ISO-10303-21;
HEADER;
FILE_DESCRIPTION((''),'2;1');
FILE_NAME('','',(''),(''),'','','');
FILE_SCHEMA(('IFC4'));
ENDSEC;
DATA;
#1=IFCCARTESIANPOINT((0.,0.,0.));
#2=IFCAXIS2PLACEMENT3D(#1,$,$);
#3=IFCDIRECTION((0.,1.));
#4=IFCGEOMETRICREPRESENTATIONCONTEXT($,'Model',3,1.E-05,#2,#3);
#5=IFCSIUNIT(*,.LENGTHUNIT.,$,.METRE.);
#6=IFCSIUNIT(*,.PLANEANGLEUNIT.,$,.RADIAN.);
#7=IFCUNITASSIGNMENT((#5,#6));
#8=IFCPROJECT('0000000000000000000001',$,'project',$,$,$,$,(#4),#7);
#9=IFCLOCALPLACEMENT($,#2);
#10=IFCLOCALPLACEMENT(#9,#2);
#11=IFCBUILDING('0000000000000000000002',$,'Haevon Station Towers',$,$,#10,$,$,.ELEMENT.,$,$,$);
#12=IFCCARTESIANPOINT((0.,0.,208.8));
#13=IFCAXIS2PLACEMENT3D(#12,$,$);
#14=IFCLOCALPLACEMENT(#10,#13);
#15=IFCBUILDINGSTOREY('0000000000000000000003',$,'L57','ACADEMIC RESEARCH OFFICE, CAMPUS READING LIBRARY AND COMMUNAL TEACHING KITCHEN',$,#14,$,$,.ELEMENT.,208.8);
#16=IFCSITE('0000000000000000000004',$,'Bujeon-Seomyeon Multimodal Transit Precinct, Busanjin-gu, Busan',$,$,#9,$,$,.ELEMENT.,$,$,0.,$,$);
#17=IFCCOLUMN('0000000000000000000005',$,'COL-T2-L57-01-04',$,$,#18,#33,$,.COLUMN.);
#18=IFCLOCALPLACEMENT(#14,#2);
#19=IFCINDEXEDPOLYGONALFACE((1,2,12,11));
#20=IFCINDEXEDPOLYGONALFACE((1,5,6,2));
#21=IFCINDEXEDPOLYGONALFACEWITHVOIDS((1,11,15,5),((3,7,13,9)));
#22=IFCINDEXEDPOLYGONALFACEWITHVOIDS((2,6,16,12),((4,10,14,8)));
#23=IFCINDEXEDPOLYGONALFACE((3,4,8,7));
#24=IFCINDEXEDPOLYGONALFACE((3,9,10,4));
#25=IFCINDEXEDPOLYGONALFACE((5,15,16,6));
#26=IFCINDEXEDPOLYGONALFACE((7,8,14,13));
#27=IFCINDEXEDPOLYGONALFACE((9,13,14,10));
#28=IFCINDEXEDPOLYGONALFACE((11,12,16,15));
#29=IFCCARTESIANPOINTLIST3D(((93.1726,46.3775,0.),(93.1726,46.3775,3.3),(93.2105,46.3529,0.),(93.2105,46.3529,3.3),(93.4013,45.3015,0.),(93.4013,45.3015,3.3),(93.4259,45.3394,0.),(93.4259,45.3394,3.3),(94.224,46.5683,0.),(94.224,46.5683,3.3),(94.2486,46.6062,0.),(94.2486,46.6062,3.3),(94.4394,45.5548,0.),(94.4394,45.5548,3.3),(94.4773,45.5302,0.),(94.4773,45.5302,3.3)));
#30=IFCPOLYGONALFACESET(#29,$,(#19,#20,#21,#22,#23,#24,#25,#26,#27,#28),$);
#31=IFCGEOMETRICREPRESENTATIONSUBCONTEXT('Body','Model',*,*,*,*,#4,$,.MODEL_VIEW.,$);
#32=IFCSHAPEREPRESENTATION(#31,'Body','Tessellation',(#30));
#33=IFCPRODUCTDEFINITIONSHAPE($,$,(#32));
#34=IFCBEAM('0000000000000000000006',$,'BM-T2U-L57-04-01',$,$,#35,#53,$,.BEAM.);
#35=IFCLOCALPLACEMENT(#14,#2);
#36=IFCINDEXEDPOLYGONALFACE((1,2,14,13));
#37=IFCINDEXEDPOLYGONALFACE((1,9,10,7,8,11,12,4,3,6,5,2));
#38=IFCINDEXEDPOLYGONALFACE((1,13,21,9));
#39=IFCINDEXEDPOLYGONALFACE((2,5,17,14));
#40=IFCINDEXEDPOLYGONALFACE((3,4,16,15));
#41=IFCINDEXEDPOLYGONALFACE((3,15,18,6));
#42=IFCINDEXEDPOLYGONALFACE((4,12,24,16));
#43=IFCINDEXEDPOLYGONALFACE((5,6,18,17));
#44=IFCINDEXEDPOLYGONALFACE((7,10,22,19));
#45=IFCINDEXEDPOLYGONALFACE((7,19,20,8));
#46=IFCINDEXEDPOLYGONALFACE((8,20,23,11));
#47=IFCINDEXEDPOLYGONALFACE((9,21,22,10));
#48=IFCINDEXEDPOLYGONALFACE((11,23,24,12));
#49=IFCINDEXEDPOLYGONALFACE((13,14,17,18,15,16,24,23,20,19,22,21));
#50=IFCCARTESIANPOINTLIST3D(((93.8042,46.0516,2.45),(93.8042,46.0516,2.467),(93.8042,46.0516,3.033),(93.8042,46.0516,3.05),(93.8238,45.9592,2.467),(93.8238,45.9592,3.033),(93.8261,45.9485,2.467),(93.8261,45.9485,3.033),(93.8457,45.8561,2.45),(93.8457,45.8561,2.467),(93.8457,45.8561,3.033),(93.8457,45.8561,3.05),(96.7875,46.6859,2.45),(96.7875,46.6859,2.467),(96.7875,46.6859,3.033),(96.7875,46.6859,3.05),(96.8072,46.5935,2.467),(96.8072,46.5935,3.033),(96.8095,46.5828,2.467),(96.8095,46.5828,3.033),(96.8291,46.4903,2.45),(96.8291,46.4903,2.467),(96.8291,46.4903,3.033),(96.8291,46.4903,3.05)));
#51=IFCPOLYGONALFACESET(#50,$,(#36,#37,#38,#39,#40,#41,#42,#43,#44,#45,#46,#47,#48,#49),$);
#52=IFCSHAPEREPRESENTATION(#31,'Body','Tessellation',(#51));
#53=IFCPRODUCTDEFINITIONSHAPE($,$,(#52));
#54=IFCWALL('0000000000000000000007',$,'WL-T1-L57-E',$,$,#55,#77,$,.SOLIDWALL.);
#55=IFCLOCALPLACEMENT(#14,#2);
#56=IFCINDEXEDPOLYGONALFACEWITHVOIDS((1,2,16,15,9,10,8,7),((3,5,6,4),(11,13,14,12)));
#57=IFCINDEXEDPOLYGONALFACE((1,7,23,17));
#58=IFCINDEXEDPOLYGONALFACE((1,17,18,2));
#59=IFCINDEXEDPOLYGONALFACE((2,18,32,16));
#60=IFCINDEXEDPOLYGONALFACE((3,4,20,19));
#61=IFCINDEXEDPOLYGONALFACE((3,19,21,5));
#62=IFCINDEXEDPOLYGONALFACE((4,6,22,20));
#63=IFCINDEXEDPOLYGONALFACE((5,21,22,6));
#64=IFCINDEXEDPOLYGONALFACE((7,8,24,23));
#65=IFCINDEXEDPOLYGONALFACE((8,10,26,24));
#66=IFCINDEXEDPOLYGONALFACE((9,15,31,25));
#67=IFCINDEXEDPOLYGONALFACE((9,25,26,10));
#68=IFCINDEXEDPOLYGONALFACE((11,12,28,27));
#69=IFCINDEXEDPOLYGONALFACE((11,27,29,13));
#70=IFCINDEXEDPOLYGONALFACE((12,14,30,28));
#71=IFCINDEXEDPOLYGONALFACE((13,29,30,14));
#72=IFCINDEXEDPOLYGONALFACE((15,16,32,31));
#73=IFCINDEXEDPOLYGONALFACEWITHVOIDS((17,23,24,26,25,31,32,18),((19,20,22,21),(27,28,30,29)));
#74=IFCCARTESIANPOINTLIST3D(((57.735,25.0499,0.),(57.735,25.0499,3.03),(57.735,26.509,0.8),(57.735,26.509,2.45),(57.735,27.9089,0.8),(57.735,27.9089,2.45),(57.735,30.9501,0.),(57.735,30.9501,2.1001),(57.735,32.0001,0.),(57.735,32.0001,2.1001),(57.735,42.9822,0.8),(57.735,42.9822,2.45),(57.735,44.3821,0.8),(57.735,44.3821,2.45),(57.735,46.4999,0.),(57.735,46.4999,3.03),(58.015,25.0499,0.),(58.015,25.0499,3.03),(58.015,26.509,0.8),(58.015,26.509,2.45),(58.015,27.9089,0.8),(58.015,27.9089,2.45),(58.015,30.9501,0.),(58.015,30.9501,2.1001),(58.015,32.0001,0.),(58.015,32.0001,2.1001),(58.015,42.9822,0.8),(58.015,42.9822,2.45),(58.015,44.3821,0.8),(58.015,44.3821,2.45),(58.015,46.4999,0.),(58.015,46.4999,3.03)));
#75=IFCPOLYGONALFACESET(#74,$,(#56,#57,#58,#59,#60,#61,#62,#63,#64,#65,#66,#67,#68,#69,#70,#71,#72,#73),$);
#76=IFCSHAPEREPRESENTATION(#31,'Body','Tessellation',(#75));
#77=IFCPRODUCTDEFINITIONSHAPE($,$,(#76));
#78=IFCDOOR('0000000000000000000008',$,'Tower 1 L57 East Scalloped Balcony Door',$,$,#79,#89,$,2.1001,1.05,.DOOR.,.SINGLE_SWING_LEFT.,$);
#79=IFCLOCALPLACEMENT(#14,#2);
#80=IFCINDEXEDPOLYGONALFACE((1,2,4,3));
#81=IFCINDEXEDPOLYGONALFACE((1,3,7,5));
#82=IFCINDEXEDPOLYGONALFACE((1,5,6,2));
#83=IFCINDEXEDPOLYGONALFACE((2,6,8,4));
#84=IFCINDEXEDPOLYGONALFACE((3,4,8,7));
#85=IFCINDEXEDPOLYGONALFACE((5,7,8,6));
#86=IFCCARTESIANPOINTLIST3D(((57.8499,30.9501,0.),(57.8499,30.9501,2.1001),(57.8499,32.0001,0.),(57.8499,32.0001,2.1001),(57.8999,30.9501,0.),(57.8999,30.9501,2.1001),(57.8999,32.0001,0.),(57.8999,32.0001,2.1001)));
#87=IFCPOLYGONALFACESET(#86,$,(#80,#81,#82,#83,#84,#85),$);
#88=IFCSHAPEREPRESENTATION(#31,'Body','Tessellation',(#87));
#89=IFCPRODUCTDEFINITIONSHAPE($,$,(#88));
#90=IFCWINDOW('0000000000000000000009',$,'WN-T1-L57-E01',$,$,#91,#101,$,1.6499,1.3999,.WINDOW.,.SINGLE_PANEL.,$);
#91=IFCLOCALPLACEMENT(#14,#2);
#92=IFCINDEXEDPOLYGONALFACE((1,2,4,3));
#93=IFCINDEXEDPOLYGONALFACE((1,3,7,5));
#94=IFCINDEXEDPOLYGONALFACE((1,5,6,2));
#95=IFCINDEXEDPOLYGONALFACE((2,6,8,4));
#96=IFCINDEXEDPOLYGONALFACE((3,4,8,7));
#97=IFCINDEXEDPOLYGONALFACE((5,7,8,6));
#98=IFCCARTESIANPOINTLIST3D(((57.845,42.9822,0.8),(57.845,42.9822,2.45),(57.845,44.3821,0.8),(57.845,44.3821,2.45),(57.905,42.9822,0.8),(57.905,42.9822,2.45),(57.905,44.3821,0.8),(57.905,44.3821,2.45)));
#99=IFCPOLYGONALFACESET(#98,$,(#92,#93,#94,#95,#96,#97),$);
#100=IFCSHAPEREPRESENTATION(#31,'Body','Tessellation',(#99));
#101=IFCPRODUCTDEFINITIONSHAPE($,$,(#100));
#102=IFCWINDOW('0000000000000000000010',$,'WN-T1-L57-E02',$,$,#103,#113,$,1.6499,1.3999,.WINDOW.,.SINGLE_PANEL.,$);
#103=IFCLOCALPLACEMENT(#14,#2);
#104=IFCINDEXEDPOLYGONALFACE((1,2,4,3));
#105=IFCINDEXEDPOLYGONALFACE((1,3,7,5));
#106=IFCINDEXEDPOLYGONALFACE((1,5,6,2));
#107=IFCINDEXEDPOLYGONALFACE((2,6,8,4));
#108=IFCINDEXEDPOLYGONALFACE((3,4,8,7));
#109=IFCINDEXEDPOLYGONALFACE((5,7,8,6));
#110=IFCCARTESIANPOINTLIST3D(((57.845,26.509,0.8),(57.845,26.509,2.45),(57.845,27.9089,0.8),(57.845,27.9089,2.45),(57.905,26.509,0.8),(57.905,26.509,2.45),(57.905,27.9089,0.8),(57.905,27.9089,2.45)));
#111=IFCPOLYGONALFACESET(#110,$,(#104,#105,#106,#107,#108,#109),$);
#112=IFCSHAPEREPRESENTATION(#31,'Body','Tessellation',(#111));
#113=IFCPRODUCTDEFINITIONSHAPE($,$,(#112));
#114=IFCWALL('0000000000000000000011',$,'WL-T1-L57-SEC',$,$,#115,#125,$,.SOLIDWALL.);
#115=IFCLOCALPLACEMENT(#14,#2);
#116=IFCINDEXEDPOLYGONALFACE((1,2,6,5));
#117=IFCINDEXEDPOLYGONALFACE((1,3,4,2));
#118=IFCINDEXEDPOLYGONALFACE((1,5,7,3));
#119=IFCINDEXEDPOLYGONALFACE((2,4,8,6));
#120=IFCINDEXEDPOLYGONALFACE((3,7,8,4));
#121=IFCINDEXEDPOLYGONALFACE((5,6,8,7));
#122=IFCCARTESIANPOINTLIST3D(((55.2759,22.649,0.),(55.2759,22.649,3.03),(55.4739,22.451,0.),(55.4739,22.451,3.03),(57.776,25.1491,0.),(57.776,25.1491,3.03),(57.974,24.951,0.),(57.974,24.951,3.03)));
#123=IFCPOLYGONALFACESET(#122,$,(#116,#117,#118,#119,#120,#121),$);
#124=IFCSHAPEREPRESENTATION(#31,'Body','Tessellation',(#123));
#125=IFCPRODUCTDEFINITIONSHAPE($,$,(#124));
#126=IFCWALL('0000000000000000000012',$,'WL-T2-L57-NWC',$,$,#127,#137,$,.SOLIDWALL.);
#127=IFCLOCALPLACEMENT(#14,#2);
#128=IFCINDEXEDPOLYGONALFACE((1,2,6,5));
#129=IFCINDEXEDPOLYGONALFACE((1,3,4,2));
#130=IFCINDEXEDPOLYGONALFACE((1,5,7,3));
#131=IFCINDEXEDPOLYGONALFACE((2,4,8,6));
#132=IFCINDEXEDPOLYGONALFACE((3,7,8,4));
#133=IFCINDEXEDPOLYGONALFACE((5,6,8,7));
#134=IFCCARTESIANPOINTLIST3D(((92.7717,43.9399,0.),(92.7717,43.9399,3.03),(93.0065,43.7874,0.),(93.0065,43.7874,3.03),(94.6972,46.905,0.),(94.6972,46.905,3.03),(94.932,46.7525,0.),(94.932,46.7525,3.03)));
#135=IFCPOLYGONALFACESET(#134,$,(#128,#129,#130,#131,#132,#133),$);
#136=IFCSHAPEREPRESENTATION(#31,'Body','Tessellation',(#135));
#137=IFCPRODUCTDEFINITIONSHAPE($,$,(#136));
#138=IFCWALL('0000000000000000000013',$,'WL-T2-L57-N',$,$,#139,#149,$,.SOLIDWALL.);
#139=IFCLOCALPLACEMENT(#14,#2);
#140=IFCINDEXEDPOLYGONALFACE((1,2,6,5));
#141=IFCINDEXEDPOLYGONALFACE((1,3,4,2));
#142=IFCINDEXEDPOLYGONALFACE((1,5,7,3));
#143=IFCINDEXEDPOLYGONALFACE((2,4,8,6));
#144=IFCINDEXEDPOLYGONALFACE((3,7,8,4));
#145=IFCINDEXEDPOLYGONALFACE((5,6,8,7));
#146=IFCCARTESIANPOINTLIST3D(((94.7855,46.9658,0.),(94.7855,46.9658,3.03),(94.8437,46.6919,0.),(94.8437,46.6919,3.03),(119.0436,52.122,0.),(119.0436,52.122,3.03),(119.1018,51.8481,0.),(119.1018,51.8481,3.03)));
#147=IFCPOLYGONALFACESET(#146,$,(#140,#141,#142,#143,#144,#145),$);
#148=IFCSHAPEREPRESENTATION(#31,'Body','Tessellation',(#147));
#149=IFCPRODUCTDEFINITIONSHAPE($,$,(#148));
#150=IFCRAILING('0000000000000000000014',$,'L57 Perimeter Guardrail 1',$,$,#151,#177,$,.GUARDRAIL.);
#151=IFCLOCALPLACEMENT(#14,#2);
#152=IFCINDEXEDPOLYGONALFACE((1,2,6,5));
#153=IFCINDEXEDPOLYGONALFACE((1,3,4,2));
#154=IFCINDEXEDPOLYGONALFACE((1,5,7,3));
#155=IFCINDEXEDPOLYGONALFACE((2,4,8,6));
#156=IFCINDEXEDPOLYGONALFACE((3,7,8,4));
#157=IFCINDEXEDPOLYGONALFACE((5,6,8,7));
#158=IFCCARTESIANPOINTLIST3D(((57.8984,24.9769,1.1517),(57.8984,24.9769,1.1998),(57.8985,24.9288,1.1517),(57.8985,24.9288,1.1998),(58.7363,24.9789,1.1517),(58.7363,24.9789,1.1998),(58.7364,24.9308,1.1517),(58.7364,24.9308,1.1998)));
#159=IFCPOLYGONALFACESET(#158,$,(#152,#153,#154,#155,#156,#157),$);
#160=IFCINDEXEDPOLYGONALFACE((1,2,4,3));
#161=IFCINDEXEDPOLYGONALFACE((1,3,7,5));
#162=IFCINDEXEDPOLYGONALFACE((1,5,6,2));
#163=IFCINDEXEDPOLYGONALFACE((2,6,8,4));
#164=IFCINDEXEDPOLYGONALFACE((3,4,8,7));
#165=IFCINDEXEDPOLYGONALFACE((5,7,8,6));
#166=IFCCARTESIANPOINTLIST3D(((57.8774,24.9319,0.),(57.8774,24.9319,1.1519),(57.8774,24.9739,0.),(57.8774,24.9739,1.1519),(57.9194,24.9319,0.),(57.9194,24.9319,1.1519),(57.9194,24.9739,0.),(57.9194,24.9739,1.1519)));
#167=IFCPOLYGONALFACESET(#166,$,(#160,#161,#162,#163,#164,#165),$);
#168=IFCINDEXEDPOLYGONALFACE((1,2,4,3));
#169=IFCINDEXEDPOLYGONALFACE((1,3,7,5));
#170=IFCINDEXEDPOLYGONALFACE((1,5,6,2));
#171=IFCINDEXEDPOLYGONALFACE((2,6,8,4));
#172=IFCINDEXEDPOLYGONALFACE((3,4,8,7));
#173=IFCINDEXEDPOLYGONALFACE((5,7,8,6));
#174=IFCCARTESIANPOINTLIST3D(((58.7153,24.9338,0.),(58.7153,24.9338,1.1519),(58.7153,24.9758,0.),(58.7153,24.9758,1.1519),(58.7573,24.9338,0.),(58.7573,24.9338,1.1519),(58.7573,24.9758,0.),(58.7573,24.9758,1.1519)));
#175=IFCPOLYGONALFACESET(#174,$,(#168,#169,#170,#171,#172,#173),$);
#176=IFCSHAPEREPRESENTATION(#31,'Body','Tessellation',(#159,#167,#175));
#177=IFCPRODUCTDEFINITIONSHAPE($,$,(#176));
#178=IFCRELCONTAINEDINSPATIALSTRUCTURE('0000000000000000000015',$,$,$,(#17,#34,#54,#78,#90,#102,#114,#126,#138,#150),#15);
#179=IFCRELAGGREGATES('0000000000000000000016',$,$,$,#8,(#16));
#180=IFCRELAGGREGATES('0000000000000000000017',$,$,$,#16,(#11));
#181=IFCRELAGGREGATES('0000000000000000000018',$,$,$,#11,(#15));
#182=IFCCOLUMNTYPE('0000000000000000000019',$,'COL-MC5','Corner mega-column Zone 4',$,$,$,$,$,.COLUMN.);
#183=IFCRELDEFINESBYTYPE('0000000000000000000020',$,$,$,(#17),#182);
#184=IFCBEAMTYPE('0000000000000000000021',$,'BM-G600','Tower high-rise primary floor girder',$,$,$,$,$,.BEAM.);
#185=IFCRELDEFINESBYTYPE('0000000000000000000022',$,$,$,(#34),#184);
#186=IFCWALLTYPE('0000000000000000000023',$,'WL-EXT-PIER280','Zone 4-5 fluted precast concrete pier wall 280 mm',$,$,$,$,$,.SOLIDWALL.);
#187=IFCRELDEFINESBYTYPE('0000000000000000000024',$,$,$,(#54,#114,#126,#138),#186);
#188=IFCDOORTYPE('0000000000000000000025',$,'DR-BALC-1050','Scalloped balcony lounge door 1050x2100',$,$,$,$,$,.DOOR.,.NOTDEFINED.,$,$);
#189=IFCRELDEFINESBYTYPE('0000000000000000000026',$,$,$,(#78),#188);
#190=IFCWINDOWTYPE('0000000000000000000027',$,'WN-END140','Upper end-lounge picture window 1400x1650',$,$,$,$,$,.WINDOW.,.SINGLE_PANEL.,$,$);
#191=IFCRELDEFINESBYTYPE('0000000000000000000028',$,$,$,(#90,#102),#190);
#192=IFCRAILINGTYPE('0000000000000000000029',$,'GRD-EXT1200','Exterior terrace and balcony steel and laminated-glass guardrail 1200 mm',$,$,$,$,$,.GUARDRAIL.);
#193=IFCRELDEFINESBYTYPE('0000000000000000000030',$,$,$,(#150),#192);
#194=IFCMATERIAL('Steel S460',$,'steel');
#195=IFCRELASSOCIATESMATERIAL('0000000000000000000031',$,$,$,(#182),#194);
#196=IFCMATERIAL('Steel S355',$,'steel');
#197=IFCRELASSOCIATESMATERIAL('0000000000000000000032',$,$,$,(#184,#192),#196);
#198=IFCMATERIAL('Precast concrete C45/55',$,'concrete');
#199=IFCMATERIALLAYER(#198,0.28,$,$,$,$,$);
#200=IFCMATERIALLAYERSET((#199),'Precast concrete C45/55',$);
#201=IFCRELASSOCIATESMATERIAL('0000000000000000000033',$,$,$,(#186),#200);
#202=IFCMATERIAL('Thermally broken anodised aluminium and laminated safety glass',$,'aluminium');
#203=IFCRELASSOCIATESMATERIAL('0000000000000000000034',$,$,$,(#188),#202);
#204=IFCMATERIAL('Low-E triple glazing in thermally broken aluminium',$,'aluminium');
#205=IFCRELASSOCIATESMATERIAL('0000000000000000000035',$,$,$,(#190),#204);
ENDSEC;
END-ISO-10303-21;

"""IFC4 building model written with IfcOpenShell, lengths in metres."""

from ifc_helpers import new_model, si_unit, direction, frame, frame_2d, origin, origin_2d, place, context, subcontext, project, spatial, rectangle, hollow_rectangle, i_section, extrude, material, layer, layer_set, material_profile, profile_set, type_object, element, fill, save


model = new_model("IFC4")

# Units and contexts
model_context = context("Model", 3, precision=1e-05, world=origin(), true_north=direction((0.0, 1.0)))
body_context = subcontext(model_context, "Body", "Model", "MODEL_VIEW")
ifc_project = project(units=[si_unit("LENGTHUNIT", "METRE"), si_unit("PLANEANGLEUNIT", "RADIAN")], contexts=[model_context])

# Site, building, storey
site_placement = place(None, origin())
site = spatial("IfcSite", under=ifc_project, at=site_placement, Name="Bujeon-Seomyeon Multimodal Transit Precinct, Busanjin-gu, Busan", CompositionType="ELEMENT", RefElevation=0.0)
building_placement = place(site_placement, origin())
building = spatial("IfcBuilding", under=site, at=building_placement, Name="Haevon Station Towers", CompositionType="ELEMENT")
storey_placement = place(building_placement, frame((0.0, 0.0, 208.8)))
storey = spatial("IfcBuildingStorey", under=building, at=storey_placement, Name="L57", Description="ACADEMIC RESEARCH OFFICE, CAMPUS READING LIBRARY AND COMMUNAL TEACHING KITCHEN", CompositionType="ELEMENT", Elevation=208.8)

# Column
ifc_material_1 = material(Name="Steel S460", Category="steel")
ifc_material_profile_1 = material_profile(ifc_material_1, hollow_rectangle(XDim=1.1001, YDim=1.1001, WallThickness=0.032, at=origin_2d()), Name="BOX-1100x1100x32")
ifc_profile_set_1 = profile_set([ifc_material_profile_1], Name="Steel S460")
column_type = type_object("IfcColumnType", Name="COL-MC5", Description="Corner mega-column Zone 4", PredefinedType="COLUMN", material=ifc_profile_set_1)
column_placement = place(storey_placement, frame((93.825, 45.9539, 0.0), z_axis=(0.0, 0.0, 1.0), x_axis=(0.978148, 0.207912, 0.0)))
element("IfcColumn", 1, at=column_placement, inside=storey, type_object=column_type, Name="COL-T2-L57-01-04", PredefinedType="COLUMN", context=body_context, shape_type="SweptSolid", body=[
    extrude(hollow_rectangle(XDim=1.1001, YDim=1.1001, WallThickness=0.032, at=origin_2d()), origin(), (0.0, 0.0, 1.0), 3.3),
])

# Beam
ifc_material_2 = material(Name="Steel S355", Category="steel")
ifc_material_profile_2 = material_profile(ifc_material_2, i_section(OverallWidth=0.2, OverallDepth=0.6001, WebThickness=0.011, FlangeThickness=0.0171, at=origin_2d()), Name="H-600x200x11x17")
ifc_profile_set_2 = profile_set([ifc_material_profile_2], Name="Steel S355")
beam_type = type_object("IfcBeamType", Name="BM-G600", Description="Tower high-rise primary floor girder", PredefinedType="BEAM", material=ifc_profile_set_2)
beam_placement = place(storey_placement, frame((93.825, 45.9539, 2.75), z_axis=(0.978139, 0.207954, 0.0), x_axis=(-0.207954, 0.978139, 0.0)))
element("IfcBeam", 2, at=beam_placement, inside=storey, type_object=beam_type, Name="BM-T2U-L57-04-01", PredefinedType="BEAM", context=body_context, shape_type="SweptSolid", body=[
    extrude(i_section(OverallWidth=0.2, OverallDepth=0.6001, WebThickness=0.011, FlangeThickness=0.0171, at=origin_2d()), origin(), (0.0, 0.0, 1.0), 3.05),
])

# Wall, openings, door, windows
ifc_material_3 = material(Name="Precast concrete C45/55", Category="concrete")
ifc_layer = layer(ifc_material_3, 0.28)
ifc_layer_set = layer_set([ifc_layer], Name="Precast concrete C45/55")
wall_type = type_object("IfcWallType", Name="WL-EXT-PIER280", Description="Zone 4-5 fluted precast concrete pier wall 280 mm", PredefinedType="SOLIDWALL", material=ifc_layer_set)
wall_1_placement = place(storey_placement, frame((57.875, 46.5, 0.0), z_axis=(0.0, 0.0, 1.0), x_axis=(0.0, -1.0, 0.0)))
wall_1 = element("IfcWall", 3, at=wall_1_placement, inside=storey, type_object=wall_type, Name="WL-T1-L57-E", PredefinedType="SOLIDWALL", context=body_context, shape_type="SweptSolid", body=[
    extrude(rectangle(XDim=21.45, YDim=0.28, at=frame_2d((10.7251, 0.0))), origin(), (0.0, 0.0, 1.0), 3.03),
])
opening_1_placement = place(wall_1_placement, frame((14.5, 0.0, 0.0)))
opening_1 = element("IfcOpeningElement", 4, at=opening_1_placement, cuts=wall_1, PredefinedType="OPENING", context=body_context, shape_type="SweptSolid", body=[
    extrude(rectangle(XDim=1.05, YDim=2.1001, at=frame_2d((0.5249, 1.05))), frame((0.0, 0.1499, 0.0), z_axis=(0.0, -1.0, 0.0), x_axis=(1.0, 0.0, 0.0)), (0.0, 0.0, 1.0), 0.3),
])
opening_2_placement = place(wall_1_placement, frame((2.1179, 0.0, 0.8)))
opening_2 = element("IfcOpeningElement", 5, at=opening_2_placement, cuts=wall_1, PredefinedType="OPENING", context=body_context, shape_type="SweptSolid", body=[
    extrude(rectangle(XDim=1.3999, YDim=1.6499, at=frame_2d((0.7, 0.825))), frame((0.0, 0.1499, 0.0), z_axis=(0.0, -1.0, 0.0), x_axis=(1.0, 0.0, 0.0)), (0.0, 0.0, 1.0), 0.3),
])
opening_3_placement = place(wall_1_placement, frame((18.5911, 0.0, 0.8)))
opening_3 = element("IfcOpeningElement", 6, at=opening_3_placement, cuts=wall_1, PredefinedType="OPENING", context=body_context, shape_type="SweptSolid", body=[
    extrude(rectangle(XDim=1.3999, YDim=1.6499, at=frame_2d((0.7, 0.825))), frame((0.0, 0.1499, 0.0), z_axis=(0.0, -1.0, 0.0), x_axis=(1.0, 0.0, 0.0)), (0.0, 0.0, 1.0), 0.3),
])
ifc_material_4 = material(Name="Thermally broken anodised aluminium and laminated safety glass", Category="aluminium")
door_type = type_object("IfcDoorType", Name="DR-BALC-1050", Description="Scalloped balcony lounge door 1050x2100", OperationType="NOTDEFINED", PredefinedType="DOOR", material=ifc_material_4)
door_placement = place(opening_1_placement, origin())
door = element("IfcDoor", 7, at=door_placement, inside=storey, type_object=door_type, Name="Tower 1 L57 East Scalloped Balcony Door", OperationType="SINGLE_SWING_LEFT", OverallHeight=2.1001, OverallWidth=1.05, PredefinedType="DOOR", context=body_context, shape_type="SweptSolid", body=[
    extrude(rectangle(XDim=1.05, YDim=2.1001, at=frame_2d((0.5249, 1.05))), frame((0.0, 0.0249, 0.0), z_axis=(0.0, -1.0, 0.0), x_axis=(1.0, 0.0, 0.0)), (0.0, 0.0, 1.0), 0.05),
])
fill(opening_1, door)
ifc_material_5 = material(Name="Low-E triple glazing in thermally broken aluminium", Category="aluminium")
window_type = type_object("IfcWindowType", Name="WN-END140", Description="Upper end-lounge picture window 1400x1650", PartitioningType="SINGLE_PANEL", PredefinedType="WINDOW", material=ifc_material_5)
window_1_placement = place(opening_2_placement, origin())
window_1 = element("IfcWindow", 8, at=window_1_placement, inside=storey, type_object=window_type, Name="WN-T1-L57-E01", OverallHeight=1.6499, OverallWidth=1.3999, PartitioningType="SINGLE_PANEL", PredefinedType="WINDOW", context=body_context, shape_type="SweptSolid", body=[
    extrude(rectangle(XDim=1.3999, YDim=1.6499, at=frame_2d((0.7, 0.825))), frame((0.0, 0.03, 0.0), z_axis=(0.0, -1.0, 0.0), x_axis=(1.0, 0.0, 0.0)), (0.0, 0.0, 1.0), 0.0601),
])
fill(opening_2, window_1)
window_2_placement = place(opening_3_placement, origin())
window_2 = element("IfcWindow", 9, at=window_2_placement, inside=storey, type_object=window_type, Name="WN-T1-L57-E02", OverallHeight=1.6499, OverallWidth=1.3999, PartitioningType="SINGLE_PANEL", PredefinedType="WINDOW", context=body_context, shape_type="SweptSolid", body=[
    extrude(rectangle(XDim=1.3999, YDim=1.6499, at=frame_2d((0.7, 0.825))), frame((0.0, 0.03, 0.0), z_axis=(0.0, -1.0, 0.0), x_axis=(1.0, 0.0, 0.0)), (0.0, 0.0, 1.0), 0.0601),
])
fill(opening_3, window_2)

# Walls
wall_2_placement = place(storey_placement, frame((57.875, 25.05, 0.0), z_axis=(0.0, 0.0, 1.0), x_axis=(-0.707107, -0.707107, 0.0)))
element("IfcWall", 10, at=wall_2_placement, inside=storey, type_object=wall_type, Name="WL-T1-L57-SEC", PredefinedType="SOLIDWALL", context=body_context, shape_type="SweptSolid", body=[
    extrude(rectangle(XDim=3.5356, YDim=0.28, at=frame_2d((1.7678, 0.0))), origin(), (0.0, 0.0, 1.0), 3.03),
])
wall_3_placement = place(storey_placement, frame((92.8892, 43.8638, 0.0), z_axis=(0.0, 0.0, 1.0), x_axis=(0.544636, 0.838672, 0.0)))
element("IfcWall", 11, at=wall_3_placement, inside=storey, type_object=wall_type, Name="WL-T2-L57-NWC", PredefinedType="SOLIDWALL", context=body_context, shape_type="SweptSolid", body=[
    extrude(rectangle(XDim=3.5354, YDim=0.28, at=frame_2d((1.7676, 0.0))), origin(), (0.0, 0.0, 1.0), 3.03),
])
wall_4_placement = place(storey_placement, frame((94.8147, 46.8289, 0.0), z_axis=(0.0, 0.0, 1.0), x_axis=(0.978147, 0.207913, 0.0)))
element("IfcWall", 12, at=wall_4_placement, inside=storey, type_object=wall_type, Name="WL-T2-L57-N", PredefinedType="SOLIDWALL", context=body_context, shape_type="SweptSolid", body=[
    extrude(rectangle(XDim=24.8, YDim=0.28, at=frame_2d((12.3999, 0.0))), origin(), (0.0, 0.0, 1.0), 3.03),
])

# Railing
railing_type = type_object("IfcRailingType", Name="GRD-EXT1200", Description="Exterior terrace and balcony steel and laminated-glass guardrail 1200 mm", PredefinedType="GUARDRAIL", material=ifc_material_2)
railing_1_placement = place(storey_placement, frame((57.8984, 24.9529, 0.0)))
element("IfcRailing", 13, at=railing_1_placement, inside=storey, type_object=railing_type, Name="L57 Perimeter Guardrail 1", PredefinedType="GUARDRAIL", context=body_context, shape_type="SweptSolid", body=[
    extrude(rectangle(XDim=0.0481, YDim=0.0481, at=origin_2d()), frame((0.0, 0.0, 1.1758), z_axis=(0.999997, 0.002331, 0.0), x_axis=(-0.002331, 0.999997, 0.0)), (0.0, 0.0, 1.0), 0.8379),
    extrude(rectangle(XDim=0.042, YDim=0.042, at=origin_2d()), origin(), (0.0, 0.0, 1.0), 1.1519),
    extrude(rectangle(XDim=0.042, YDim=0.042, at=origin_2d()), frame((0.8379, 0.002, 0.0)), (0.0, 0.0, 1.0), 1.1519),
])

save(model, "model.ifc")
